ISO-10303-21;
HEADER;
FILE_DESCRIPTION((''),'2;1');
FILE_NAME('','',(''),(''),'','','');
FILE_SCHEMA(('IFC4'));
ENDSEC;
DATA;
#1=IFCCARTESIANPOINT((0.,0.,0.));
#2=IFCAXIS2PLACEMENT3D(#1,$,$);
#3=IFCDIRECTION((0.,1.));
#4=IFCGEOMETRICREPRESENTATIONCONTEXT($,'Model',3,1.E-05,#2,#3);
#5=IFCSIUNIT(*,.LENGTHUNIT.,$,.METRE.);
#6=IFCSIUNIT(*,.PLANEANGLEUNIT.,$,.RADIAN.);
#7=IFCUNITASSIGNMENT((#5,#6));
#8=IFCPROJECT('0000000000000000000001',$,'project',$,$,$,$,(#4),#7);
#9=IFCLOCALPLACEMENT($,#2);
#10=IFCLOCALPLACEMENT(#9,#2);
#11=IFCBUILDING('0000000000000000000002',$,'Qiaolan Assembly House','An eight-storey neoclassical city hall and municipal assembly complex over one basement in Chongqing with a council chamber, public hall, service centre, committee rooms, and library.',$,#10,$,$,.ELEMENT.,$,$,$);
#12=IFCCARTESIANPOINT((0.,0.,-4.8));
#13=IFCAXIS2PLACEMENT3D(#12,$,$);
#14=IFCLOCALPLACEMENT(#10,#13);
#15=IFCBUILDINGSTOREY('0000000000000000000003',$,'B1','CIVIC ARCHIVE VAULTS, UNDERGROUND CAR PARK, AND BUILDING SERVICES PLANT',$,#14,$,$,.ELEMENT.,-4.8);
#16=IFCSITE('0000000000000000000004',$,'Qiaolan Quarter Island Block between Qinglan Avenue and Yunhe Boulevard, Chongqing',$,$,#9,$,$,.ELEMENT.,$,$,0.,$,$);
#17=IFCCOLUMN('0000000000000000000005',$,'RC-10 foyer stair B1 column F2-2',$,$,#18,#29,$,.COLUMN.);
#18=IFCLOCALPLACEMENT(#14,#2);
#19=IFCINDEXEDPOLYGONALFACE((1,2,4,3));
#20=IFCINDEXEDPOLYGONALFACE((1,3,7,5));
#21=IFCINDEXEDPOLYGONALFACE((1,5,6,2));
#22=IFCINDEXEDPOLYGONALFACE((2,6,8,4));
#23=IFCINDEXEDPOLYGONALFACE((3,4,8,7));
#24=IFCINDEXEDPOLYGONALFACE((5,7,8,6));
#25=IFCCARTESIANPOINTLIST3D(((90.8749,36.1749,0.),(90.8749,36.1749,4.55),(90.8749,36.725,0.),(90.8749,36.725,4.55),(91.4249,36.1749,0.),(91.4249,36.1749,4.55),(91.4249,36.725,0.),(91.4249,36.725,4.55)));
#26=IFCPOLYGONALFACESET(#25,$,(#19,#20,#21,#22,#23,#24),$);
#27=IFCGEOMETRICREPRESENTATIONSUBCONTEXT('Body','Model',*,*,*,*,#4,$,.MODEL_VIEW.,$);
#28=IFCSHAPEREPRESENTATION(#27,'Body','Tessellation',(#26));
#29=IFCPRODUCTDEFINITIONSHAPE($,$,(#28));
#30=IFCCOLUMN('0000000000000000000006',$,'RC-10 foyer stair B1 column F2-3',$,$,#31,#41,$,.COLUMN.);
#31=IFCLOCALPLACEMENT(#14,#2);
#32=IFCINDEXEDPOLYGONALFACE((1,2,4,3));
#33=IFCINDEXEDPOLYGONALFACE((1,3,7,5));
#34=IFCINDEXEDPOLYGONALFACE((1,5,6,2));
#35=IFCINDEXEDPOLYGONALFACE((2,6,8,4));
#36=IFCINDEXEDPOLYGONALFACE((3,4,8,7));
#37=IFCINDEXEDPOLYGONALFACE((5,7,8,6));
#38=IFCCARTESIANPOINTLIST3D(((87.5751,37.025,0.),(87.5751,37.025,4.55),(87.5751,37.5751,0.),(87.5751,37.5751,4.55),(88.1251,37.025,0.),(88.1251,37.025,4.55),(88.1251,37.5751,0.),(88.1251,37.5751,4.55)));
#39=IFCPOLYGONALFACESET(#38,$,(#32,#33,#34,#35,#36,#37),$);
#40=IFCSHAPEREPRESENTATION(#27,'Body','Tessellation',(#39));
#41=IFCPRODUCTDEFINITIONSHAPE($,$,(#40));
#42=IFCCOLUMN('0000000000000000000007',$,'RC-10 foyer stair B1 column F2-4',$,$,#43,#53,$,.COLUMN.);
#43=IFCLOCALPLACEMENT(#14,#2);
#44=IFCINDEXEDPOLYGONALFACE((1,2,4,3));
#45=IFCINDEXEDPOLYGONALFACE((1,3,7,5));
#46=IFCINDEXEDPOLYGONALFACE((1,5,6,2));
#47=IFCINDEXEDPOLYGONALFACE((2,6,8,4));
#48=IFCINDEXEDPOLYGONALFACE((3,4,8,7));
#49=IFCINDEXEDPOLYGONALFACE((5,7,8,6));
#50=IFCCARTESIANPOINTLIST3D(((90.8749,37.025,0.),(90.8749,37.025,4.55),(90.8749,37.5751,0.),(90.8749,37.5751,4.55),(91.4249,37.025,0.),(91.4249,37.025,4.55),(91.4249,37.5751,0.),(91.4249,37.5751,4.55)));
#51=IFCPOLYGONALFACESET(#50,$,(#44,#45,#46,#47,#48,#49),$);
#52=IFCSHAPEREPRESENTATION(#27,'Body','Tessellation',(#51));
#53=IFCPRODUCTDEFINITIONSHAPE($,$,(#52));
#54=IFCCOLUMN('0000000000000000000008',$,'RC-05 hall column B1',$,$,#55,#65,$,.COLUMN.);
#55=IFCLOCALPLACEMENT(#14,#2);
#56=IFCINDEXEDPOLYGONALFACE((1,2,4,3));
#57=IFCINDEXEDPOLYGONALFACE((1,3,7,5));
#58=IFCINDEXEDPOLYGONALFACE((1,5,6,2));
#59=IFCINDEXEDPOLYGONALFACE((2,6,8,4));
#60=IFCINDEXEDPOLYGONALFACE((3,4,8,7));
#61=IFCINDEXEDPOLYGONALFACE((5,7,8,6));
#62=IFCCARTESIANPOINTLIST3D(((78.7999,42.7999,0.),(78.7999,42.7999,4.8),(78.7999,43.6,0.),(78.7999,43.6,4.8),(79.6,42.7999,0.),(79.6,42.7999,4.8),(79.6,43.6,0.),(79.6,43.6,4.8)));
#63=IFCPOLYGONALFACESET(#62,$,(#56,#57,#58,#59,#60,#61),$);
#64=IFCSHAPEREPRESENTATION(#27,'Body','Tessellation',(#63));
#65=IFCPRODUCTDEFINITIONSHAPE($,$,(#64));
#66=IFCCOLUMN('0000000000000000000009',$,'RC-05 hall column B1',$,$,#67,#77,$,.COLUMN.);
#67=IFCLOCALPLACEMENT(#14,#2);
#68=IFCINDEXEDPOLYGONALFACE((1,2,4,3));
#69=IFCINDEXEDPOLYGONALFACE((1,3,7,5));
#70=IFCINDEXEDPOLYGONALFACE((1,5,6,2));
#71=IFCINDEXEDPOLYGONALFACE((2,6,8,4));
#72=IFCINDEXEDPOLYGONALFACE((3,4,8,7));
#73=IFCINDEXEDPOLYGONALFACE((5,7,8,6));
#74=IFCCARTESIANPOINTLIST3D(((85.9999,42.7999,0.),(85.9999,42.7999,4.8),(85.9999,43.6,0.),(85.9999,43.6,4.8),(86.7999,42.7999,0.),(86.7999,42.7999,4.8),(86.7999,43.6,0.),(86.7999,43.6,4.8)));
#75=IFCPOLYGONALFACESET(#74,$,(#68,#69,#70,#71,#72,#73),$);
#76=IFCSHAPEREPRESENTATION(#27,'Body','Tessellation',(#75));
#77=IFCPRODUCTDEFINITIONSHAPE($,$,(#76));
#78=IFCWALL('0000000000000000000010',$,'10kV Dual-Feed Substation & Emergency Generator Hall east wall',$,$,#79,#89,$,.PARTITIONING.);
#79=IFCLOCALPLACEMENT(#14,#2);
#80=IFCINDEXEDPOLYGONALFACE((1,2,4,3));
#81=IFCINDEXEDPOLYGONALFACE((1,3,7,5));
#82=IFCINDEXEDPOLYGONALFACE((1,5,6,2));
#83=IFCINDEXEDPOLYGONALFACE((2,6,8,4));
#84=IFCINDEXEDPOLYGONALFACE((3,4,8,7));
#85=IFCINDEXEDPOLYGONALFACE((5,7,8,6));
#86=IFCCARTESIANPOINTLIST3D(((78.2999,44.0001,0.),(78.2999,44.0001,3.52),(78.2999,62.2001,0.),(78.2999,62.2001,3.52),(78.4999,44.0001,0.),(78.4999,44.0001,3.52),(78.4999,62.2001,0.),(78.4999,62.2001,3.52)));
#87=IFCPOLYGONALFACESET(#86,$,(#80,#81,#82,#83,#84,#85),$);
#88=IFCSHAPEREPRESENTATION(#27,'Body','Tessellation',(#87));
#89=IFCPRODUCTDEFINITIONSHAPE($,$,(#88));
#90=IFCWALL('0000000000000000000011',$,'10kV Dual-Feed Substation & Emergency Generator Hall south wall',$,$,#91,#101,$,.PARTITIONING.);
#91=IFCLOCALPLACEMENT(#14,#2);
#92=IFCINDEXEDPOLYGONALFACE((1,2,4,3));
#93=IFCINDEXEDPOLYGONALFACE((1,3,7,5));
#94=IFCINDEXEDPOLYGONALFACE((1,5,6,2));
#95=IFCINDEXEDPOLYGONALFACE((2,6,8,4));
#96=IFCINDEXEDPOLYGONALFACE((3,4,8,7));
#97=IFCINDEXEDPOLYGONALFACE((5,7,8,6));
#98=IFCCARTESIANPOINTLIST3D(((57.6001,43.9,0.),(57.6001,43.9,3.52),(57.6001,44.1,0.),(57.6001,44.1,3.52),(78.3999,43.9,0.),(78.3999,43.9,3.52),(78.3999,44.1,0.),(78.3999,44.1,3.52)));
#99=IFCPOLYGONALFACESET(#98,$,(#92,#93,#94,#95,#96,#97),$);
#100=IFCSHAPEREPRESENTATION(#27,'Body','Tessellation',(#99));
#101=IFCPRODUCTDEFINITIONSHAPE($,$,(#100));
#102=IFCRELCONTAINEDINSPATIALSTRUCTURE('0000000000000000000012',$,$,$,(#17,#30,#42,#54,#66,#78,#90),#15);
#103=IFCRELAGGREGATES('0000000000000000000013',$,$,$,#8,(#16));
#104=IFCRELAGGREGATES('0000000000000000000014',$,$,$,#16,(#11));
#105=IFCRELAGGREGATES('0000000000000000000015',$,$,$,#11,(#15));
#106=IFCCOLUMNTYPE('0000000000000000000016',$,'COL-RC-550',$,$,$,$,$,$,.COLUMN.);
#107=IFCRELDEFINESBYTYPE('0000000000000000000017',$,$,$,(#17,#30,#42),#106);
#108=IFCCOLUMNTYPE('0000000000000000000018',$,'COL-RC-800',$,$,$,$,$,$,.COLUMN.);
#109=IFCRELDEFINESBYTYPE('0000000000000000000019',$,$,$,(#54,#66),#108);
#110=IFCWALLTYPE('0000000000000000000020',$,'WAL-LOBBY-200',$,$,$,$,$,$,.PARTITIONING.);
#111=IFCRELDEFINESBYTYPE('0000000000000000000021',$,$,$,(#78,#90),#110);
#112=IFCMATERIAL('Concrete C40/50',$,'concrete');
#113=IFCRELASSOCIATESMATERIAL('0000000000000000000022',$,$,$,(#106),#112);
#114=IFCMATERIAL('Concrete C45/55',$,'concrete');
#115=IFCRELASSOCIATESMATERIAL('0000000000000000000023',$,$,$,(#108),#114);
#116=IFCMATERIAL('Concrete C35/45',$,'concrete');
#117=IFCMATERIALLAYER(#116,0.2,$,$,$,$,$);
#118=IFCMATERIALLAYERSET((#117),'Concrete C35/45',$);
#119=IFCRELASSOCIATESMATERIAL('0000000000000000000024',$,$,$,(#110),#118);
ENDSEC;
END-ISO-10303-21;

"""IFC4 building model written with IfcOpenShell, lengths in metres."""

from ifc_helpers import new_model, si_unit, direction, frame, frame_2d, origin, origin_2d, place, context, subcontext, project, spatial, rectangle, extrude, material, layer, layer_set, material_profile, profile_set, type_object, element, save


model = new_model("IFC4")

# Units and contexts
model_context = context("Model", 3, precision=1e-05, world=origin(), true_north=direction((0.0, 1.0)))
body_context = subcontext(model_context, "Body", "Model", "MODEL_VIEW")
ifc_project = project(units=[si_unit("LENGTHUNIT", "METRE"), si_unit("PLANEANGLEUNIT", "RADIAN")], contexts=[model_context])

# Site, building, storey
site_placement = place(None, origin())
site = spatial("IfcSite", under=ifc_project, at=site_placement, Name="Qiaolan Quarter Island Block between Qinglan Avenue and Yunhe Boulevard, Chongqing", CompositionType="ELEMENT", RefElevation=0.0)
building_placement = place(site_placement, origin())
building = spatial("IfcBuilding", under=site, at=building_placement, Name="Qiaolan Assembly House", Description="An eight-storey neoclassical city hall and municipal assembly complex over one basement in Chongqing with a council chamber, public hall, service centre, committee rooms, and library.", CompositionType="ELEMENT")
storey_placement = place(building_placement, frame((0.0, 0.0, -4.8)))
storey = spatial("IfcBuildingStorey", under=building, at=storey_placement, Name="B1", Description="CIVIC ARCHIVE VAULTS, UNDERGROUND CAR PARK, AND BUILDING SERVICES PLANT", CompositionType="ELEMENT", Elevation=-4.8)

# Shared definitions
ifc_material_1 = material(Name="Concrete C40/50", Category="concrete")

# Shared definitions
ifc_material_2 = material(Name="Concrete C45/55", Category="concrete")

# Columns
ifc_material_profile_1 = material_profile(ifc_material_1, rectangle(XDim=0.55, YDim=0.55, at=origin_2d()), Name="RC 550x550")
ifc_profile_set_1 = profile_set([ifc_material_profile_1], Name="Concrete C40/50")
column_type_1 = type_object("IfcColumnType", Name="COL-RC-550", PredefinedType="COLUMN", material=ifc_profile_set_1)
for number, where, z_axis, x_axis, name in (
    (1, (91.1499, 36.45, 0.0), (0.0, 0.0, 1.0), (1.0, 0.0, 0.0), "RC-10 foyer stair B1 column F2-2"),
    (2, (87.8501, 37.3, 0.0), (0.0, 0.0, 1.0), (1.0, 0.0, 0.0), "RC-10 foyer stair B1 column F2-3"),
    (3, (91.1499, 37.3, 0.0), (0.0, 0.0, 1.0), (1.0, 0.0, 0.0), "RC-10 foyer stair B1 column F2-4"),
):
    element("IfcColumn", number, at=place(storey_placement, frame(where, z_axis=z_axis, x_axis=x_axis)), inside=storey, type_object=column_type_1, Name=name, PredefinedType="COLUMN", context=body_context, shape_type="SweptSolid", body=[
        extrude(rectangle(XDim=0.55, YDim=0.55, at=origin_2d()), origin(), (0.0, 0.0, 1.0), 4.55),
    ])
ifc_material_profile_2 = material_profile(ifc_material_2, rectangle(XDim=0.8, YDim=0.8, at=origin_2d()), Name="RC 800x800")
ifc_profile_set_2 = profile_set([ifc_material_profile_2], Name="Concrete C45/55")
column_type_2 = type_object("IfcColumnType", Name="COL-RC-800", PredefinedType="COLUMN", material=ifc_profile_set_2)
for number, where, z_axis, x_axis, name in (
    (4, (79.2, 43.2, 0.0), (0.0, 0.0, 1.0), (1.0, 0.0, 0.0), "RC-05 hall column B1"),
    (5, (86.3999, 43.2, 0.0), (0.0, 0.0, 1.0), (1.0, 0.0, 0.0), "RC-05 hall column B1"),
):
    element("IfcColumn", number, at=place(storey_placement, frame(where, z_axis=z_axis, x_axis=x_axis)), inside=storey, type_object=column_type_2, Name=name, PredefinedType="COLUMN", context=body_context, shape_type="SweptSolid", body=[
        extrude(rectangle(XDim=0.8, YDim=0.8, at=origin_2d()), origin(), (0.0, 0.0, 1.0), 4.8),
    ])

# Walls
ifc_material_3 = material(Name="Concrete C35/45", Category="concrete")
ifc_layer = layer(ifc_material_3, 0.2)
ifc_layer_set = layer_set([ifc_layer], Name="Concrete C35/45")
wall_type = type_object("IfcWallType", Name="WAL-LOBBY-200", PredefinedType="PARTITIONING", material=ifc_layer_set)
wall_1_placement = place(storey_placement, frame((78.3999, 44.0, 0.0), z_axis=(0.0, 0.0, 1.0), x_axis=(0.0, 1.0, 0.0)))
element("IfcWall", 6, at=wall_1_placement, inside=storey, type_object=wall_type, Name="10kV Dual-Feed Substation & Emergency Generator Hall east wall", PredefinedType="PARTITIONING", context=body_context, shape_type="SweptSolid", body=[
    extrude(rectangle(XDim=18.2, YDim=0.2, at=frame_2d((9.1001, 0.0))), origin(), (0.0, 0.0, 1.0), 3.52),
])
wall_2_placement = place(storey_placement, frame((78.3999, 44.0, 0.0), z_axis=(0.0, 0.0, 1.0), x_axis=(-1.0, 0.0, 0.0)))
element("IfcWall", 7, at=wall_2_placement, inside=storey, type_object=wall_type, Name="10kV Dual-Feed Substation & Emergency Generator Hall south wall", PredefinedType="PARTITIONING", context=body_context, shape_type="SweptSolid", body=[
    extrude(rectangle(XDim=20.7998, YDim=0.2, at=frame_2d((10.3999, 0.0))), origin(), (0.0, 0.0, 1.0), 3.52),
])

save(model, "model.ifc")
